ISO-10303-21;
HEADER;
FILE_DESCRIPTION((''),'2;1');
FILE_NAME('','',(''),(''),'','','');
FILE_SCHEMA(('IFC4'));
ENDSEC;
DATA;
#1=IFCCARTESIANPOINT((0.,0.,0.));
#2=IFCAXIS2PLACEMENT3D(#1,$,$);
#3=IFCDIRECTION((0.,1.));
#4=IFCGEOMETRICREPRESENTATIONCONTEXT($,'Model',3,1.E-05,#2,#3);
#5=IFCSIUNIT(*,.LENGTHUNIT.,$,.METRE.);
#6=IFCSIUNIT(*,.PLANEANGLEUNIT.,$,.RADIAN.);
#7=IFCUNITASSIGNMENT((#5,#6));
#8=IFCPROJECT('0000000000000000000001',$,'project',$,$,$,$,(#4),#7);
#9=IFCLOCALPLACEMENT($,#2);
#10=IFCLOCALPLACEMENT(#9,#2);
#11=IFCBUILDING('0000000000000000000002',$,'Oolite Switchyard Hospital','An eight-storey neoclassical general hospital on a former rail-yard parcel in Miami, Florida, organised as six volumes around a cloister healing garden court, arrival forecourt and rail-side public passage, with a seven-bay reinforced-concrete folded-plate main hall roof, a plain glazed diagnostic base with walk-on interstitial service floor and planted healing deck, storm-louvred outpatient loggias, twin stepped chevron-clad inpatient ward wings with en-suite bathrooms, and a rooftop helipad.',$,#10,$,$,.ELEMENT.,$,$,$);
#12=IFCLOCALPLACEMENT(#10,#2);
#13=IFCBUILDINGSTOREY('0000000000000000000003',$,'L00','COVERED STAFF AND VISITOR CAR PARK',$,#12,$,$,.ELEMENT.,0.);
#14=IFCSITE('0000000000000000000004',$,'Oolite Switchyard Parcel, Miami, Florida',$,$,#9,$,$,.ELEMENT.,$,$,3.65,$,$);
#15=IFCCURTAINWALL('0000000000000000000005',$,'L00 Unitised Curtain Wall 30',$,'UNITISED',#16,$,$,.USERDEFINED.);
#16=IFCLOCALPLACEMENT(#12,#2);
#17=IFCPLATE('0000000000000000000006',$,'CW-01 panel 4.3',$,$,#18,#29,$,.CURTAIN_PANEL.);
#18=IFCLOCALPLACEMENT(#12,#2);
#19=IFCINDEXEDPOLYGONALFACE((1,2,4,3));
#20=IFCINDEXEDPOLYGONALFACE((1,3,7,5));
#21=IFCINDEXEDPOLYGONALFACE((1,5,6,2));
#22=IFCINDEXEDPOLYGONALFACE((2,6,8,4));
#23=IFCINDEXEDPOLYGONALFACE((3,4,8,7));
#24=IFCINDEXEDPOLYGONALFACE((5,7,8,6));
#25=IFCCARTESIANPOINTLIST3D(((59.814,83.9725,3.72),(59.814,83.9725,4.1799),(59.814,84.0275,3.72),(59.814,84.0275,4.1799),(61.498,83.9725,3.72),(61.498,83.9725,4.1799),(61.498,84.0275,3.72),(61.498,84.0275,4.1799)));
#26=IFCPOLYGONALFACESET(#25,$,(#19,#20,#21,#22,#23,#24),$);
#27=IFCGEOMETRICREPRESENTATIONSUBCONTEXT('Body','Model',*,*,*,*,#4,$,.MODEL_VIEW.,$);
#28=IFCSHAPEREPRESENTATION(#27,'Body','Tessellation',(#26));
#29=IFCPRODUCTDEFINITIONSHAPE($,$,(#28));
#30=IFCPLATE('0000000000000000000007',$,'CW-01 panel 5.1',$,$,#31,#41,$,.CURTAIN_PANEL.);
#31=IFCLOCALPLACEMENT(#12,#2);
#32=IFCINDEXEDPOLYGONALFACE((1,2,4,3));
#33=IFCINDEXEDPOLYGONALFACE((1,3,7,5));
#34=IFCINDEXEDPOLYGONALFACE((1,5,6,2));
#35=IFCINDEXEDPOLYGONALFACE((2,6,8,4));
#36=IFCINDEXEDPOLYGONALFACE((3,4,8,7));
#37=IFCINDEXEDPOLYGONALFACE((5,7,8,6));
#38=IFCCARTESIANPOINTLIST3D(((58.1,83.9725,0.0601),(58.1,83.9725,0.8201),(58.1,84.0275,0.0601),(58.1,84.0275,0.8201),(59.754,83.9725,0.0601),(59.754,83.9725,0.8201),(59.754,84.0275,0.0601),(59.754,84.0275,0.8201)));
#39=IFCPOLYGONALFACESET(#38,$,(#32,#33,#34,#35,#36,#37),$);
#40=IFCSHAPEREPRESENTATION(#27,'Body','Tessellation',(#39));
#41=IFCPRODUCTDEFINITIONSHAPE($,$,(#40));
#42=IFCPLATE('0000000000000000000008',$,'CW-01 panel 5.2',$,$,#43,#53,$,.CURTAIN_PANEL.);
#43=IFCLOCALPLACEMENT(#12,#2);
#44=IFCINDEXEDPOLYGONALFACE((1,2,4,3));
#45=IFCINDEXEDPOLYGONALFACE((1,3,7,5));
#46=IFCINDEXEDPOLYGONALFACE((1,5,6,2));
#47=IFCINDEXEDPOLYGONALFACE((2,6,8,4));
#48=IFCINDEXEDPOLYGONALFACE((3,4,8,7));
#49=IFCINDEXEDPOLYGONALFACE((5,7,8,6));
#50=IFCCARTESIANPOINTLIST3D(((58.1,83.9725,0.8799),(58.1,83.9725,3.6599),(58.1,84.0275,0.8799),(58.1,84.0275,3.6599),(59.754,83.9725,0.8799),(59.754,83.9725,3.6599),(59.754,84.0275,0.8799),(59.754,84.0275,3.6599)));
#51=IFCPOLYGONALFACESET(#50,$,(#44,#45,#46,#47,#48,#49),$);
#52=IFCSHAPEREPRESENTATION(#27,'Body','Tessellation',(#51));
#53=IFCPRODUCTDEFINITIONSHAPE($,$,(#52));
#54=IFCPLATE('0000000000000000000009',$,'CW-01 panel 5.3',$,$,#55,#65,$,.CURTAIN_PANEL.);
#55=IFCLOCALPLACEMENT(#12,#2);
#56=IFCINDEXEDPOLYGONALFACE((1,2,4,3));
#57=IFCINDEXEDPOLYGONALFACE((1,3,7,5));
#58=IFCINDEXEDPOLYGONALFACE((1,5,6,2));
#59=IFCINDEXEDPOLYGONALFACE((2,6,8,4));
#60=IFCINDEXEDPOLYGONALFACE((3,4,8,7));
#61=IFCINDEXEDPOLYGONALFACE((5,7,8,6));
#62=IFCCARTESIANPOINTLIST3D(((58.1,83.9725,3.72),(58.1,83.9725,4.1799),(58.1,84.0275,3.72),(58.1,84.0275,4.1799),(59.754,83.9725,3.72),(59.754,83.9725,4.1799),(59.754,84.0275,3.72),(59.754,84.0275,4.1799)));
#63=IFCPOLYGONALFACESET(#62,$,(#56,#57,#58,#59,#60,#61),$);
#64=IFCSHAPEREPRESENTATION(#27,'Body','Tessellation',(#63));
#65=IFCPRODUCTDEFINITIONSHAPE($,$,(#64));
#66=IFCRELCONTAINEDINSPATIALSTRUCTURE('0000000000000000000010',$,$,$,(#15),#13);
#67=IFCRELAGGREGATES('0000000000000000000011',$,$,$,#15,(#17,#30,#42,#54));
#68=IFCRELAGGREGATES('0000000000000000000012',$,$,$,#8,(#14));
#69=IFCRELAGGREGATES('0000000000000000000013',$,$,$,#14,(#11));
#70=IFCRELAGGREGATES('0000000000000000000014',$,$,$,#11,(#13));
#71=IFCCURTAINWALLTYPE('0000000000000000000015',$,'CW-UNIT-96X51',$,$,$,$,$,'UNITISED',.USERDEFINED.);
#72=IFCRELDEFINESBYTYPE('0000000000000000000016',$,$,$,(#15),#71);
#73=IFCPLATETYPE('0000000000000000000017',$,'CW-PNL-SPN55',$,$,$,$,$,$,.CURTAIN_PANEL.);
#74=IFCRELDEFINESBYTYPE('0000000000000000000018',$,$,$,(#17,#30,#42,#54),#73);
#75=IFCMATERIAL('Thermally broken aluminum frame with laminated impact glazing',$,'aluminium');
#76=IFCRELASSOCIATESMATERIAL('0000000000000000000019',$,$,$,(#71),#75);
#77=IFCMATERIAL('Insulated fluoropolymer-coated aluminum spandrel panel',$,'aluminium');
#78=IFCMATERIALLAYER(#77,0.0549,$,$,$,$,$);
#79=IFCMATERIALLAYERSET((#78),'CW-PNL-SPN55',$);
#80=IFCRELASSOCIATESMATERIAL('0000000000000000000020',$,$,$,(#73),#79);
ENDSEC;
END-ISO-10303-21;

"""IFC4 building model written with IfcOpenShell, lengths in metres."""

from ifc_helpers import new_model, si_unit, direction, frame, origin, origin_2d, place, context, subcontext, project, spatial, rectangle, extrude, material, layer, layer_set, type_object, element, aggregate, save


model = new_model("IFC4")

# Units and contexts
model_context = context("Model", 3, precision=1e-05, world=origin(), true_north=direction((0.0, 1.0)))
body_context = subcontext(model_context, "Body", "Model", "MODEL_VIEW")
ifc_project = project(units=[si_unit("LENGTHUNIT", "METRE"), si_unit("PLANEANGLEUNIT", "RADIAN")], contexts=[model_context])

# Site, building, storey
site_placement = place(None, origin())
site = spatial("IfcSite", under=ifc_project, at=site_placement, Name="Oolite Switchyard Parcel, Miami, Florida", CompositionType="ELEMENT", RefElevation=3.65)
building_placement = place(site_placement, origin())
building = spatial("IfcBuilding", under=site, at=building_placement, Name="Oolite Switchyard Hospital", Description="An eight-storey neoclassical general hospital on a former rail-yard parcel in Miami, Florida, organised as six volumes around a cloister healing garden court, arrival forecourt and rail-side public passage, with a seven-bay reinforced-concrete folded-plate main hall roof, a plain glazed diagnostic base with walk-on interstitial service floor and planted healing deck, storm-louvred outpatient loggias, twin stepped chevron-clad inpatient ward wings with en-suite bathrooms, and a rooftop helipad.", CompositionType="ELEMENT")
storey_placement = place(building_placement, origin())
storey = spatial("IfcBuildingStorey", under=building, at=storey_placement, Name="L00", Description="COVERED STAFF AND VISITOR CAR PARK", CompositionType="ELEMENT", Elevation=0.0)

# Curtain wall, plates
ifc_material_1 = material(Name="Thermally broken aluminum frame with laminated impact glazing", Category="aluminium")
curtain_wall_type = type_object("IfcCurtainWallType", Name="CW-UNIT-96X51", ElementType="UNITISED", PredefinedType="USERDEFINED", material=ifc_material_1)
curtain_wall_placement = place(storey_placement, origin())
curtain_wall = element("IfcCurtainWall", 1, at=curtain_wall_placement, inside=storey, type_object=curtain_wall_type, Name="L00 Unitised Curtain Wall 30", ObjectType="UNITISED", PredefinedType="USERDEFINED")
ifc_material_2 = material(Name="Insulated fluoropolymer-coated aluminum spandrel panel", Category="aluminium")
ifc_layer = layer(ifc_material_2, 0.0549)
ifc_layer_set = layer_set([ifc_layer], Name="CW-PNL-SPN55")
plate_type = type_object("IfcPlateType", Name="CW-PNL-SPN55", PredefinedType="CURTAIN_PANEL", material=ifc_layer_set)
plate_1_placement = place(storey_placement, frame((60.656, 84.0, 3.72), z_axis=(0.0, 0.0, 1.0), x_axis=(-1.0, 0.0, 0.0)))
plate_1 = element("IfcPlate", 2, at=plate_1_placement, type_object=plate_type, Name="CW-01 panel 4.3", PredefinedType="CURTAIN_PANEL", context=body_context, shape_type="SweptSolid", body=[
    extrude(rectangle(XDim=1.6841, YDim=0.0549, at=origin_2d()), origin(), (0.0, 0.0, 1.0), 0.46),
])
plate_2_placement = place(storey_placement, frame((58.927, 84.0, 0.0601), z_axis=(0.0, 0.0, 1.0), x_axis=(-1.0, 0.0, 0.0)))
plate_2 = element("IfcPlate", 3, at=plate_2_placement, type_object=plate_type, Name="CW-01 panel 5.1", PredefinedType="CURTAIN_PANEL", context=body_context, shape_type="SweptSolid", body=[
    extrude(rectangle(XDim=1.6541, YDim=0.0549, at=origin_2d()), origin(), (0.0, 0.0, 1.0), 0.76),
])
plate_3_placement = place(storey_placement, frame((58.927, 84.0, 0.8799), z_axis=(0.0, 0.0, 1.0), x_axis=(-1.0, 0.0, 0.0)))
plate_3 = element("IfcPlate", 4, at=plate_3_placement, type_object=plate_type, Name="CW-01 panel 5.2", PredefinedType="CURTAIN_PANEL", context=body_context, shape_type="SweptSolid", body=[
    extrude(rectangle(XDim=1.6541, YDim=0.0549, at=origin_2d()), origin(), (0.0, 0.0, 1.0), 2.78),
])
plate_4_placement = place(storey_placement, frame((58.927, 84.0, 3.72), z_axis=(0.0, 0.0, 1.0), x_axis=(-1.0, 0.0, 0.0)))
plate_4 = element("IfcPlate", 5, at=plate_4_placement, type_object=plate_type, Name="CW-01 panel 5.3", PredefinedType="CURTAIN_PANEL", context=body_context, shape_type="SweptSolid", body=[
    extrude(rectangle(XDim=1.6541, YDim=0.0549, at=origin_2d()), origin(), (0.0, 0.0, 1.0), 0.46),
])
aggregate(curtain_wall, [plate_1, plate_2, plate_3, plate_4])

save(model, "model.ifc")
